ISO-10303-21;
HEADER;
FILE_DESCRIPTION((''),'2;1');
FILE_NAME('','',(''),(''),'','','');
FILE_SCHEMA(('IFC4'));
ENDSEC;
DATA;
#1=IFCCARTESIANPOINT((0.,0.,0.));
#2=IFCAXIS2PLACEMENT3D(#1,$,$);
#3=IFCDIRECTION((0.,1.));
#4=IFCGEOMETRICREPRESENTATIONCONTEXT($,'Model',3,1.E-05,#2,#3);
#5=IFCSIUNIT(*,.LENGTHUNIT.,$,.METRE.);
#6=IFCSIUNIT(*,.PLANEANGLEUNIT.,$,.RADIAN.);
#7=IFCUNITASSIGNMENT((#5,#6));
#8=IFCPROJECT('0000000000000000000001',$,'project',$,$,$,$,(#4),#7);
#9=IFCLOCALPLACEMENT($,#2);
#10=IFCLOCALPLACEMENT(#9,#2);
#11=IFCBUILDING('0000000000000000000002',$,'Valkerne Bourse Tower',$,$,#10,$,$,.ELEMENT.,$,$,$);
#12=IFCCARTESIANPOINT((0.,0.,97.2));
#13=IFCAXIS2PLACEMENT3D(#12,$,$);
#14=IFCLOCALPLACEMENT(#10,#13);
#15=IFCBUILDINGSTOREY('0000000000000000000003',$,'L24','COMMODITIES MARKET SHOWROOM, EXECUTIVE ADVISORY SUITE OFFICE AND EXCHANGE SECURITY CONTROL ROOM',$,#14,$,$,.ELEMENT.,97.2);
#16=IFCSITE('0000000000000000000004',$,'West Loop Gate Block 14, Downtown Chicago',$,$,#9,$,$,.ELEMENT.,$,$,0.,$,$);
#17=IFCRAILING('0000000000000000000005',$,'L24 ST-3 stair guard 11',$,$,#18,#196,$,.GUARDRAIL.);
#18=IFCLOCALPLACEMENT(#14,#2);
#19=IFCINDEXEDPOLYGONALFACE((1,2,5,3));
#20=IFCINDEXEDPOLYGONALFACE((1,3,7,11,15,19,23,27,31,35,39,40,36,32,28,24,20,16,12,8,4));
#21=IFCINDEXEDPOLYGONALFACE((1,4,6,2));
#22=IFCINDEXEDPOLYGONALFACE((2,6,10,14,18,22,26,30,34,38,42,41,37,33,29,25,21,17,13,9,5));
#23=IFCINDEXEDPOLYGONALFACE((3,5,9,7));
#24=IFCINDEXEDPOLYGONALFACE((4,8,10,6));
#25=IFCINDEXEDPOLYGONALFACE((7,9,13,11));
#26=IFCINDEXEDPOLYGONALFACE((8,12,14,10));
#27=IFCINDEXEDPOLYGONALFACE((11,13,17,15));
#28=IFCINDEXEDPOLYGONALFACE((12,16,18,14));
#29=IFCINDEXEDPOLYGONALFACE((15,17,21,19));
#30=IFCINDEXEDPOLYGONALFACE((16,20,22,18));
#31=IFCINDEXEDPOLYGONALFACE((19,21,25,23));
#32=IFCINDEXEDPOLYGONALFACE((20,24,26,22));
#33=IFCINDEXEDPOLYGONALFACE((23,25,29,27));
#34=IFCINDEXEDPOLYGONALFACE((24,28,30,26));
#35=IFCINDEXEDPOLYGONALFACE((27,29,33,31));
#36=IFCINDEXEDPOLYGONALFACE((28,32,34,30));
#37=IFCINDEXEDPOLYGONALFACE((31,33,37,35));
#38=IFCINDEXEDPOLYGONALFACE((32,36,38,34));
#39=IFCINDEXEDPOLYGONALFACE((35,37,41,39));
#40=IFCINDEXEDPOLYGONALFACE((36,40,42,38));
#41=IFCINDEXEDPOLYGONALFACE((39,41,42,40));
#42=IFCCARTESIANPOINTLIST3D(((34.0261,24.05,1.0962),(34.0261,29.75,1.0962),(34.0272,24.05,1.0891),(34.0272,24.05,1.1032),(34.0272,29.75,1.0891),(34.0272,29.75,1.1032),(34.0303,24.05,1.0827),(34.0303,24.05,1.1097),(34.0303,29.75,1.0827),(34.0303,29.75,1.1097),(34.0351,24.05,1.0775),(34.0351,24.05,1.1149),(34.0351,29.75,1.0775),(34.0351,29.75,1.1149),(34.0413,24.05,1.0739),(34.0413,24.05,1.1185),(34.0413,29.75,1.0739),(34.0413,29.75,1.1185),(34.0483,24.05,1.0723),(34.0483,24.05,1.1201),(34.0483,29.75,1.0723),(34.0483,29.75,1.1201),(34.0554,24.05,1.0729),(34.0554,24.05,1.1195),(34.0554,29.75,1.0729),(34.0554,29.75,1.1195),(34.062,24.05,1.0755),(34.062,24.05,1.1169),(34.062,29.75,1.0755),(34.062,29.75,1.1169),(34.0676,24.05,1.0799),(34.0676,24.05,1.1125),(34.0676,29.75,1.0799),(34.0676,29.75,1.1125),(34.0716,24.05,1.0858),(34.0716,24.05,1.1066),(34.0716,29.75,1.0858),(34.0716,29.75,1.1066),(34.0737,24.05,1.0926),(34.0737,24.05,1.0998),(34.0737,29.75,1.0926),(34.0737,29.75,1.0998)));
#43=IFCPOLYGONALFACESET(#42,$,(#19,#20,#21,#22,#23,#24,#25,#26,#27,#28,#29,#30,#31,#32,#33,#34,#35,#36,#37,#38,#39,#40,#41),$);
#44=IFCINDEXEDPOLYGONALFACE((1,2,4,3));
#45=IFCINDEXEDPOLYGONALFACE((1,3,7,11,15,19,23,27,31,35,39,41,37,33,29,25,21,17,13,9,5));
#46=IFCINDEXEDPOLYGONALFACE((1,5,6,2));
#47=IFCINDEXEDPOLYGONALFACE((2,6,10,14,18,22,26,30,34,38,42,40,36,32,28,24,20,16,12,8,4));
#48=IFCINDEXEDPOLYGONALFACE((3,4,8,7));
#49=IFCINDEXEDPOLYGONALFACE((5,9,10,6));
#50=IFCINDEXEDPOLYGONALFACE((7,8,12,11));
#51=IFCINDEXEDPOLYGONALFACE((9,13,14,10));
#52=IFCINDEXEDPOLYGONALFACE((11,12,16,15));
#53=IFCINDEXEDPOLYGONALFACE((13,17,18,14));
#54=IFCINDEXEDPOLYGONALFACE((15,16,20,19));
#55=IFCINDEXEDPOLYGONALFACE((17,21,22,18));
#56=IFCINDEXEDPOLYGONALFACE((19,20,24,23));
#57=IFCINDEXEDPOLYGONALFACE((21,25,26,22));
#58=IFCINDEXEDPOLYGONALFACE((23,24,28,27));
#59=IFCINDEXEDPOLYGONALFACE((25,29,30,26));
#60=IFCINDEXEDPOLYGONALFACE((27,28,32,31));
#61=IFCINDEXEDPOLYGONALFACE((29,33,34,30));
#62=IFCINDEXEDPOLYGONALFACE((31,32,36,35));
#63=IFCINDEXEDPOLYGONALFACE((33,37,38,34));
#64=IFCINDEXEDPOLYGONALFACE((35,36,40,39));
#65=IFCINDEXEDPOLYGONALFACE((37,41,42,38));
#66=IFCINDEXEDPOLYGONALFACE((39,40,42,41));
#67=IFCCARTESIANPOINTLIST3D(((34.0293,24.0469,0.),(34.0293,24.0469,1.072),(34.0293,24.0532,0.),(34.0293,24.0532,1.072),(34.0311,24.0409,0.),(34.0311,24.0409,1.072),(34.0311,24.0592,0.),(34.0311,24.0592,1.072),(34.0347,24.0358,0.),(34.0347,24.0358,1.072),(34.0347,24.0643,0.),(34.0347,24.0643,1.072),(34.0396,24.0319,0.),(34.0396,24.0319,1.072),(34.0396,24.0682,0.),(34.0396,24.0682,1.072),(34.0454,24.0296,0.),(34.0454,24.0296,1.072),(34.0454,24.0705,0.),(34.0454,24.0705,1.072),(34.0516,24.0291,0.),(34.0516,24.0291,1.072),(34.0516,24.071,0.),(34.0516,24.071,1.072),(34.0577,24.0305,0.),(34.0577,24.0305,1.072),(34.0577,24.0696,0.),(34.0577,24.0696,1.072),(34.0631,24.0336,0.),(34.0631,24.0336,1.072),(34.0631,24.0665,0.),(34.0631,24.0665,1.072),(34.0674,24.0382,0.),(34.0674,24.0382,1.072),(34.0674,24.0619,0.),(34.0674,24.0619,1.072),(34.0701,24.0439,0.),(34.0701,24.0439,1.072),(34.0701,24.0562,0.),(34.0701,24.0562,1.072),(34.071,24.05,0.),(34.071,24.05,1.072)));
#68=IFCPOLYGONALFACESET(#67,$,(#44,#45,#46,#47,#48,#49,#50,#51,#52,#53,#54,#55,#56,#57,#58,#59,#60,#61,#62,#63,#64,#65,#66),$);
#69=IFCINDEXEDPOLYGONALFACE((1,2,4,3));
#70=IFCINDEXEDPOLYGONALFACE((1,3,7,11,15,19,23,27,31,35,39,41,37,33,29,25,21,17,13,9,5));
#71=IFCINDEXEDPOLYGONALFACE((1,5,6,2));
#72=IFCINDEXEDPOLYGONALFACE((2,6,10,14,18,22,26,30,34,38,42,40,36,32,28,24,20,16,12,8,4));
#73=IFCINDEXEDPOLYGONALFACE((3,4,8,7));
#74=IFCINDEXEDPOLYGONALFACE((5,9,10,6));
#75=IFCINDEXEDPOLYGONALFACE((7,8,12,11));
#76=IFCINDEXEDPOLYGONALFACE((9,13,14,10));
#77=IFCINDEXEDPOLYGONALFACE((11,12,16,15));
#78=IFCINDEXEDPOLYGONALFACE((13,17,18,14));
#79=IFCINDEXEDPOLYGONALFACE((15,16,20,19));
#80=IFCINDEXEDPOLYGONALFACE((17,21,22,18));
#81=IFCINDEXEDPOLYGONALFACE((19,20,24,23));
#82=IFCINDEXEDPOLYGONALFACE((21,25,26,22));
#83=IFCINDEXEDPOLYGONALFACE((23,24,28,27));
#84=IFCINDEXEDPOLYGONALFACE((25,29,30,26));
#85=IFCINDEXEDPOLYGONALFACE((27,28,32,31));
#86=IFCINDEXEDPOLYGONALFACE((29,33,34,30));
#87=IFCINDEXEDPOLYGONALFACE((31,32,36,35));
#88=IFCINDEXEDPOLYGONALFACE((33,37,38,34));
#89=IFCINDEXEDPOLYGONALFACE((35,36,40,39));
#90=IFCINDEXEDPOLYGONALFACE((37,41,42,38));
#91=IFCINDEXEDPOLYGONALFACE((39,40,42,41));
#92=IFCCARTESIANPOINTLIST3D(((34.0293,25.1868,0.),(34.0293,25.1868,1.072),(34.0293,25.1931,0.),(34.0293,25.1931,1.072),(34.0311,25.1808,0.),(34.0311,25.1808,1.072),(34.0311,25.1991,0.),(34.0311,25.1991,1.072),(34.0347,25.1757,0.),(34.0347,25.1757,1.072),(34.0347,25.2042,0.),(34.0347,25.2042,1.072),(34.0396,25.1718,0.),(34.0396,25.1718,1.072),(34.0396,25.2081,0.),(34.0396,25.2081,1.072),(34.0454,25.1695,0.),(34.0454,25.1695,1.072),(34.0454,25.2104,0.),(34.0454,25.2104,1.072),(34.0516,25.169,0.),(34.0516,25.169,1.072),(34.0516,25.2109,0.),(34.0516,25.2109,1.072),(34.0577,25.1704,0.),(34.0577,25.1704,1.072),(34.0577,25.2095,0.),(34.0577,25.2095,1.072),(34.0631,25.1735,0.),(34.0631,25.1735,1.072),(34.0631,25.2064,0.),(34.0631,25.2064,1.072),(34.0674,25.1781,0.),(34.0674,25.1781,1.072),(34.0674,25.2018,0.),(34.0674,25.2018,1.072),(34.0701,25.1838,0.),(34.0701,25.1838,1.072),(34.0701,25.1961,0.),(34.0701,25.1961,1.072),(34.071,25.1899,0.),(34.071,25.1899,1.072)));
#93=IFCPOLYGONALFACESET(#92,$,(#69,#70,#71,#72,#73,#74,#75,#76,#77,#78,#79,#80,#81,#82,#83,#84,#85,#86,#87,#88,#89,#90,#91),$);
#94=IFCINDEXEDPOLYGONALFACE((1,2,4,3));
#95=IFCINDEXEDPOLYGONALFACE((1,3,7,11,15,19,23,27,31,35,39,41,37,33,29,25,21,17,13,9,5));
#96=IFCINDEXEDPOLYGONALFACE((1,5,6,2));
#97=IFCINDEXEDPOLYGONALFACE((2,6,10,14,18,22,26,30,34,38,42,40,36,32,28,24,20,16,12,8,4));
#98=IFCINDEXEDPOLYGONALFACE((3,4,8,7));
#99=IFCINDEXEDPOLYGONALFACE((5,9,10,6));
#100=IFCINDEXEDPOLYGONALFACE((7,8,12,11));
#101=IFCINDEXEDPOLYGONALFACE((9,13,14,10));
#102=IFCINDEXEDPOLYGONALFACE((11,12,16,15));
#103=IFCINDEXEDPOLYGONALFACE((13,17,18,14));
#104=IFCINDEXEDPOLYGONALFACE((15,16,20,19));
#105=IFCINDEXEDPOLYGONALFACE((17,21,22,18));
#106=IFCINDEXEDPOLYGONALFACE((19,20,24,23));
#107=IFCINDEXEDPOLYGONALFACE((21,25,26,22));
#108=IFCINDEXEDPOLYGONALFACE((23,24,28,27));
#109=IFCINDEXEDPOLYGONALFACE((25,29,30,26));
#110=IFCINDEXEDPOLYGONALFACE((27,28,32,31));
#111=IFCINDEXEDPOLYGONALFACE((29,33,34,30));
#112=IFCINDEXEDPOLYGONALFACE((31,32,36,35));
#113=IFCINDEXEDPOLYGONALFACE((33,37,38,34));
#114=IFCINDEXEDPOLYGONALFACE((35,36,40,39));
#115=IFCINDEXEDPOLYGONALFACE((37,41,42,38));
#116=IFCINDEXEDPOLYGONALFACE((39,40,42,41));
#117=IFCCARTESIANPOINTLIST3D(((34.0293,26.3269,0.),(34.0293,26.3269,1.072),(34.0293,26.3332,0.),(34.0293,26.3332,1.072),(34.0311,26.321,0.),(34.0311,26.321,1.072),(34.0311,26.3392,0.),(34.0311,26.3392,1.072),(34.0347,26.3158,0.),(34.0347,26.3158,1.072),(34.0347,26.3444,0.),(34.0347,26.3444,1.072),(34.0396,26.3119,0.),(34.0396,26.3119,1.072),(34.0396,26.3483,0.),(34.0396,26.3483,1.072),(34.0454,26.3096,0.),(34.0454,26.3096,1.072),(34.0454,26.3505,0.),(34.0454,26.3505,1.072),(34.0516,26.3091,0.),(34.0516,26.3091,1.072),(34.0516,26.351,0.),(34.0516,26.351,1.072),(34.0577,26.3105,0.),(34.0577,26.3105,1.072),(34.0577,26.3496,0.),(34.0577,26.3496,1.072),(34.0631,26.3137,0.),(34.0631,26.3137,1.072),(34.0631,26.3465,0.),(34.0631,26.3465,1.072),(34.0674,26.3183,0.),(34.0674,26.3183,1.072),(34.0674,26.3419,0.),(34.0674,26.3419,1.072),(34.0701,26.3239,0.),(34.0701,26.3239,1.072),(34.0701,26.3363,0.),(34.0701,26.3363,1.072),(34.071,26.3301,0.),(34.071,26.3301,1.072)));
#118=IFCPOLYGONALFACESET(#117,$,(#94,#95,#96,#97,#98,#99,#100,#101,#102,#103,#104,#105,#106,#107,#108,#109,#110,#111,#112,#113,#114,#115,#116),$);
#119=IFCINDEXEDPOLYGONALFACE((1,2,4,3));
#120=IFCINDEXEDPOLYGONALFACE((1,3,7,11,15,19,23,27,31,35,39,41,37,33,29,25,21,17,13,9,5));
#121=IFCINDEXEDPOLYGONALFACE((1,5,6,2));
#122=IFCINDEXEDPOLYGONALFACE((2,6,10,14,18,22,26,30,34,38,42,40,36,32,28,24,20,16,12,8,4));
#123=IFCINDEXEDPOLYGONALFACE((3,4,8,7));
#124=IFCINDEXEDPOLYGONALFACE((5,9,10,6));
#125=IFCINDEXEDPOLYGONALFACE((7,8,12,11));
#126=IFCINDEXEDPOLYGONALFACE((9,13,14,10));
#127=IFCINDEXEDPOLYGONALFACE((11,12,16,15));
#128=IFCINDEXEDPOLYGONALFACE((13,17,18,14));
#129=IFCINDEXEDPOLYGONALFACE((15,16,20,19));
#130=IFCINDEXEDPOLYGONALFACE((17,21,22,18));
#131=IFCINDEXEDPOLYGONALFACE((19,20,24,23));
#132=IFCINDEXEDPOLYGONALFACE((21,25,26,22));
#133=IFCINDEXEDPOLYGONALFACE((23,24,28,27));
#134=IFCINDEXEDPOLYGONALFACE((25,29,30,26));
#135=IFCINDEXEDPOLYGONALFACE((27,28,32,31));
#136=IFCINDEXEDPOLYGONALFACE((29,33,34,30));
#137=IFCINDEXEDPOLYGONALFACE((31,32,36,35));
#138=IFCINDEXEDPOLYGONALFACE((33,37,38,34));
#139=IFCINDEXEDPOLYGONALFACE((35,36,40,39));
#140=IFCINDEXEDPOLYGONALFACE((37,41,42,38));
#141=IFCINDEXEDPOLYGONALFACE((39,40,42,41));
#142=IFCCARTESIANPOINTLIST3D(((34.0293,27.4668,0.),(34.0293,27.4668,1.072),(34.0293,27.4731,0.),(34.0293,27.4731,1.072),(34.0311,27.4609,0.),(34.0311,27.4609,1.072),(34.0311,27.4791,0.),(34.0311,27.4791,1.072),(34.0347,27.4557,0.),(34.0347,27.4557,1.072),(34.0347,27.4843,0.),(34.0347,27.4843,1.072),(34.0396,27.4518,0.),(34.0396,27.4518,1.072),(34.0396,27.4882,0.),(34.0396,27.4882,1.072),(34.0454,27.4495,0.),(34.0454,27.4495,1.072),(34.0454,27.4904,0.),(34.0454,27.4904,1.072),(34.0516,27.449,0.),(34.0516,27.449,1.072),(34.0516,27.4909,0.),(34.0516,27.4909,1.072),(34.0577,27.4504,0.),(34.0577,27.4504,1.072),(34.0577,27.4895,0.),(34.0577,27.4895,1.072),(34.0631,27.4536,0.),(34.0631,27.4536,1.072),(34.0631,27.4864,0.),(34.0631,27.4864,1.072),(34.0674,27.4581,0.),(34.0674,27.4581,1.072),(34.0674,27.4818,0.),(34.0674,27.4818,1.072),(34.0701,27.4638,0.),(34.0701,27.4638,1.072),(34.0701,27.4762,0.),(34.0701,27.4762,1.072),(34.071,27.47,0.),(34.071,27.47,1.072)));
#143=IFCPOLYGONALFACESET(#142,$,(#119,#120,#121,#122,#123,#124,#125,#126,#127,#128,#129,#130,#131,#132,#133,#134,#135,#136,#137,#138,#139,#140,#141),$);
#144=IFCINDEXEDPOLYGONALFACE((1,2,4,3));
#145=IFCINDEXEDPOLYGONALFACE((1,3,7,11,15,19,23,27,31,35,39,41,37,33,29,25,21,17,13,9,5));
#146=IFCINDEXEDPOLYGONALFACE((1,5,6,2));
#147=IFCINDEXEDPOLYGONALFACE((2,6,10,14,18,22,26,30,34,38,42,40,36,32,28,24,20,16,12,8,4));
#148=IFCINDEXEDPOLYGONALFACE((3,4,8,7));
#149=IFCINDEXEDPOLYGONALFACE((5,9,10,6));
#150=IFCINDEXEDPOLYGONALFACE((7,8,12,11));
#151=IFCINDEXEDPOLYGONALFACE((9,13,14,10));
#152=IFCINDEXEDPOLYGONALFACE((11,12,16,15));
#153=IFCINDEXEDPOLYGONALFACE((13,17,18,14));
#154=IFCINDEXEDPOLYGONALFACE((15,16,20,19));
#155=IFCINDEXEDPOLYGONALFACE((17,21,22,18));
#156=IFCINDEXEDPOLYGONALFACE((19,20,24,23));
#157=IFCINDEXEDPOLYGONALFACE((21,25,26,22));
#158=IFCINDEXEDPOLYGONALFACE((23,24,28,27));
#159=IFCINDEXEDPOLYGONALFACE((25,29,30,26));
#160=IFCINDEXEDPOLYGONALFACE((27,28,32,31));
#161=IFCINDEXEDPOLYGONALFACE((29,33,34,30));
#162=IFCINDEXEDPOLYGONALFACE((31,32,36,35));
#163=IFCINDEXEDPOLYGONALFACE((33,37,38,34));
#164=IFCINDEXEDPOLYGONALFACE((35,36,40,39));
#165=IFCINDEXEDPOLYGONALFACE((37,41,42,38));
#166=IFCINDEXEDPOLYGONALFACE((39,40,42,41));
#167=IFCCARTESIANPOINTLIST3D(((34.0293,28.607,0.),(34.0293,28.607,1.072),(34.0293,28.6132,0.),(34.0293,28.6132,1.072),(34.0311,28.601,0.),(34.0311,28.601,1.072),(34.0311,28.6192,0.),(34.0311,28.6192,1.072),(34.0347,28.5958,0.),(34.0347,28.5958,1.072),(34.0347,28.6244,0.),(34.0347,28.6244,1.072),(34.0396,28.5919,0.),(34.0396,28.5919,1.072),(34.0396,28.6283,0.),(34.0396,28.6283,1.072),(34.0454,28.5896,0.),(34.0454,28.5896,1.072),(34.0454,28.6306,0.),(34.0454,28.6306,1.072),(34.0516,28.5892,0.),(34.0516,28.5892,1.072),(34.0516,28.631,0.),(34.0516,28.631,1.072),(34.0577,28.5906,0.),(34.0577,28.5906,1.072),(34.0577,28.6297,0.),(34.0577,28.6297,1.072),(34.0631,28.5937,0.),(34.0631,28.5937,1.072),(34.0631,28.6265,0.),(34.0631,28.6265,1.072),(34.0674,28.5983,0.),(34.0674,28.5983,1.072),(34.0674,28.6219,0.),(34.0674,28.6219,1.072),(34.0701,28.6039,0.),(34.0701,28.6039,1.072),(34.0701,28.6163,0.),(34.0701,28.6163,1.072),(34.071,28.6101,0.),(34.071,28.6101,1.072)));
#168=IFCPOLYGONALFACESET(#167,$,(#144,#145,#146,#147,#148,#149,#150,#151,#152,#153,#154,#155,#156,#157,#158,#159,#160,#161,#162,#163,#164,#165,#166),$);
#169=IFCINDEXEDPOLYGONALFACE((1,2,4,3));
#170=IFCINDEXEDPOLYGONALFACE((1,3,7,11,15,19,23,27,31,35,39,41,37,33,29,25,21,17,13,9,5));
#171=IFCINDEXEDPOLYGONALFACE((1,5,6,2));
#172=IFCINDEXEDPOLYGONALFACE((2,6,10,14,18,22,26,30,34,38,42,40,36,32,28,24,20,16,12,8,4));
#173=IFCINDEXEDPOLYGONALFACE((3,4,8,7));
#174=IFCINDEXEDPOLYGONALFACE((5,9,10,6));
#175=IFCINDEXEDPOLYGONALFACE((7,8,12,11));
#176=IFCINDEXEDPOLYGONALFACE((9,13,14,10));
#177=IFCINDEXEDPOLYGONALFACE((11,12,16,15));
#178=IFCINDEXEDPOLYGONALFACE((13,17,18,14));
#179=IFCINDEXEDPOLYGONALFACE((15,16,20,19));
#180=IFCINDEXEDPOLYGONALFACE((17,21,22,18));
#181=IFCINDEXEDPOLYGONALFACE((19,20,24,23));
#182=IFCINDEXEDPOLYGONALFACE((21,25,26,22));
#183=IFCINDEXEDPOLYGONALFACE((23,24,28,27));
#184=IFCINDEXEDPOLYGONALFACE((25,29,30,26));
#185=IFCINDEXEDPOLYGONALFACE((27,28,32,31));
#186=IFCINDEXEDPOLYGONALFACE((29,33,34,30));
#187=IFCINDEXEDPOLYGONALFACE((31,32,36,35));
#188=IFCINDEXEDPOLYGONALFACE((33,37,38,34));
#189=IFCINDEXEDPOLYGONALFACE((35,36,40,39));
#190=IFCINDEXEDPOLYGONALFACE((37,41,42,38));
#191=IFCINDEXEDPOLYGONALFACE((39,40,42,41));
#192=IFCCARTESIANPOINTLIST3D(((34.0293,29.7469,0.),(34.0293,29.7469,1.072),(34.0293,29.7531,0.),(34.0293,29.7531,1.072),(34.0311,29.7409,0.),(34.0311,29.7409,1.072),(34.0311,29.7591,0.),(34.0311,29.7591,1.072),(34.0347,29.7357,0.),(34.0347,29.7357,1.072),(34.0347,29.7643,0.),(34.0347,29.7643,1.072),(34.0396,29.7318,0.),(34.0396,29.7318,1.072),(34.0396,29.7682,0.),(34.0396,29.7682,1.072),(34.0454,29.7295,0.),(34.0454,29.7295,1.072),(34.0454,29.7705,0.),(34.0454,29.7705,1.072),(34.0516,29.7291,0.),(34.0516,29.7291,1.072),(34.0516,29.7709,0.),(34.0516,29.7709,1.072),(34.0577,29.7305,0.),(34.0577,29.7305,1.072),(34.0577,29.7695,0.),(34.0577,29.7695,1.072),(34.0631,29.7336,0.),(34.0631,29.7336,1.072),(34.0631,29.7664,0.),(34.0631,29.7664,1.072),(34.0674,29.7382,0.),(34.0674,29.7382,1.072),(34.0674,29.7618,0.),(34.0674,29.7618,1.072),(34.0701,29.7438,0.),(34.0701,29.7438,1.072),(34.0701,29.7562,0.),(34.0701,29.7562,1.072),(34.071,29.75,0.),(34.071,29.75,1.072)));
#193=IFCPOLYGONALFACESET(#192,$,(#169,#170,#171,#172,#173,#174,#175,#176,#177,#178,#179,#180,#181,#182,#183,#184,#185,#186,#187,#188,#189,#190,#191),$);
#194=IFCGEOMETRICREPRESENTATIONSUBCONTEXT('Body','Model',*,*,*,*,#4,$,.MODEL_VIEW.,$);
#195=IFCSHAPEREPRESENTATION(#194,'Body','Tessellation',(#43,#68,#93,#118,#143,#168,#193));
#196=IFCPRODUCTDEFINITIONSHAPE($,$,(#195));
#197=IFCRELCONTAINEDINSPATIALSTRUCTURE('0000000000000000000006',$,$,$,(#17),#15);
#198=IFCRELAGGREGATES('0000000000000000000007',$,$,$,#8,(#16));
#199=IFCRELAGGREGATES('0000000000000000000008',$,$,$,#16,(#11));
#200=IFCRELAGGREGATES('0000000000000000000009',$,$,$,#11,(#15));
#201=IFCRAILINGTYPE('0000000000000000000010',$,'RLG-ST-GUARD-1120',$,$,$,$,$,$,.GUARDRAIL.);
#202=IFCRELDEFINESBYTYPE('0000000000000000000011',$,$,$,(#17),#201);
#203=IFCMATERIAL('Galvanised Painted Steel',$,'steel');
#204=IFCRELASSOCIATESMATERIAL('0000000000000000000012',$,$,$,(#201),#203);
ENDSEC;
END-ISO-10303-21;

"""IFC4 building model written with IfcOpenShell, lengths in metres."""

from ifc_helpers import new_model, si_unit, direction, frame, origin, origin_2d, place, context, subcontext, project, spatial, circle, extrude, material, type_object, element, save


model = new_model("IFC4")

# Units and contexts
model_context = context("Model", 3, precision=1e-05, world=origin(), true_north=direction((0.0, 1.0)))
body_context = subcontext(model_context, "Body", "Model", "MODEL_VIEW")
ifc_project = project(units=[si_unit("LENGTHUNIT", "METRE"), si_unit("PLANEANGLEUNIT", "RADIAN")], contexts=[model_context])

# Site, building, storey
site_placement = place(None, origin())
site = spatial("IfcSite", under=ifc_project, at=site_placement, Name="West Loop Gate Block 14, Downtown Chicago", CompositionType="ELEMENT", RefElevation=0.0)
building_placement = place(site_placement, origin())
building = spatial("IfcBuilding", under=site, at=building_placement, Name="Valkerne Bourse Tower", CompositionType="ELEMENT")
storey_placement = place(building_placement, frame((0.0, 0.0, 97.2)))
storey = spatial("IfcBuildingStorey", under=building, at=storey_placement, Name="L24", Description="COMMODITIES MARKET SHOWROOM, EXECUTIVE ADVISORY SUITE OFFICE AND EXCHANGE SECURITY CONTROL ROOM", CompositionType="ELEMENT", Elevation=97.2)

# Shared definitions
ifc_material_1 = material(Name="Galvanised Painted Steel", Category="steel")

# Railing
railing_type_1 = type_object("IfcRailingType", Name="RLG-ST-GUARD-1120", PredefinedType="GUARDRAIL", material=ifc_material_1)
for number, where, name in (
    (1, (34.05, 24.05, 0.0), "L24 ST-3 stair guard 11"),
):
    element("IfcRailing", number, at=place(storey_placement, frame(where)), inside=storey, type_object=railing_type_1, Name=name, PredefinedType="GUARDRAIL", context=body_context, shape_type="SweptSolid", body=[
        extrude(circle(Radius=0.0239, at=origin_2d()), frame((0.0, 0.0, 1.0962), z_axis=(0.0, 1.0, 0.0), x_axis=(-1.0, 0.0, 0.0)), (0.0, 0.0, 1.0), 5.7),
        extrude(circle(Radius=0.021, at=origin_2d()), origin(), (0.0, 0.0, 1.0), 1.072),
        extrude(circle(Radius=0.021, at=origin_2d()), frame((0.0, 1.1399, 0.0)), (0.0, 0.0, 1.0), 1.072),
        extrude(circle(Radius=0.021, at=origin_2d()), frame((0.0, 2.28, 0.0)), (0.0, 0.0, 1.0), 1.072),
        extrude(circle(Radius=0.021, at=origin_2d()), frame((0.0, 3.4199, 0.0)), (0.0, 0.0, 1.0), 1.072),
        extrude(circle(Radius=0.021, at=origin_2d()), frame((0.0, 4.5601, 0.0)), (0.0, 0.0, 1.0), 1.072),
        extrude(circle(Radius=0.021, at=origin_2d()), frame((0.0, 5.7, 0.0)), (0.0, 0.0, 1.0), 1.072),
    ])

save(model, "model.ifc")
